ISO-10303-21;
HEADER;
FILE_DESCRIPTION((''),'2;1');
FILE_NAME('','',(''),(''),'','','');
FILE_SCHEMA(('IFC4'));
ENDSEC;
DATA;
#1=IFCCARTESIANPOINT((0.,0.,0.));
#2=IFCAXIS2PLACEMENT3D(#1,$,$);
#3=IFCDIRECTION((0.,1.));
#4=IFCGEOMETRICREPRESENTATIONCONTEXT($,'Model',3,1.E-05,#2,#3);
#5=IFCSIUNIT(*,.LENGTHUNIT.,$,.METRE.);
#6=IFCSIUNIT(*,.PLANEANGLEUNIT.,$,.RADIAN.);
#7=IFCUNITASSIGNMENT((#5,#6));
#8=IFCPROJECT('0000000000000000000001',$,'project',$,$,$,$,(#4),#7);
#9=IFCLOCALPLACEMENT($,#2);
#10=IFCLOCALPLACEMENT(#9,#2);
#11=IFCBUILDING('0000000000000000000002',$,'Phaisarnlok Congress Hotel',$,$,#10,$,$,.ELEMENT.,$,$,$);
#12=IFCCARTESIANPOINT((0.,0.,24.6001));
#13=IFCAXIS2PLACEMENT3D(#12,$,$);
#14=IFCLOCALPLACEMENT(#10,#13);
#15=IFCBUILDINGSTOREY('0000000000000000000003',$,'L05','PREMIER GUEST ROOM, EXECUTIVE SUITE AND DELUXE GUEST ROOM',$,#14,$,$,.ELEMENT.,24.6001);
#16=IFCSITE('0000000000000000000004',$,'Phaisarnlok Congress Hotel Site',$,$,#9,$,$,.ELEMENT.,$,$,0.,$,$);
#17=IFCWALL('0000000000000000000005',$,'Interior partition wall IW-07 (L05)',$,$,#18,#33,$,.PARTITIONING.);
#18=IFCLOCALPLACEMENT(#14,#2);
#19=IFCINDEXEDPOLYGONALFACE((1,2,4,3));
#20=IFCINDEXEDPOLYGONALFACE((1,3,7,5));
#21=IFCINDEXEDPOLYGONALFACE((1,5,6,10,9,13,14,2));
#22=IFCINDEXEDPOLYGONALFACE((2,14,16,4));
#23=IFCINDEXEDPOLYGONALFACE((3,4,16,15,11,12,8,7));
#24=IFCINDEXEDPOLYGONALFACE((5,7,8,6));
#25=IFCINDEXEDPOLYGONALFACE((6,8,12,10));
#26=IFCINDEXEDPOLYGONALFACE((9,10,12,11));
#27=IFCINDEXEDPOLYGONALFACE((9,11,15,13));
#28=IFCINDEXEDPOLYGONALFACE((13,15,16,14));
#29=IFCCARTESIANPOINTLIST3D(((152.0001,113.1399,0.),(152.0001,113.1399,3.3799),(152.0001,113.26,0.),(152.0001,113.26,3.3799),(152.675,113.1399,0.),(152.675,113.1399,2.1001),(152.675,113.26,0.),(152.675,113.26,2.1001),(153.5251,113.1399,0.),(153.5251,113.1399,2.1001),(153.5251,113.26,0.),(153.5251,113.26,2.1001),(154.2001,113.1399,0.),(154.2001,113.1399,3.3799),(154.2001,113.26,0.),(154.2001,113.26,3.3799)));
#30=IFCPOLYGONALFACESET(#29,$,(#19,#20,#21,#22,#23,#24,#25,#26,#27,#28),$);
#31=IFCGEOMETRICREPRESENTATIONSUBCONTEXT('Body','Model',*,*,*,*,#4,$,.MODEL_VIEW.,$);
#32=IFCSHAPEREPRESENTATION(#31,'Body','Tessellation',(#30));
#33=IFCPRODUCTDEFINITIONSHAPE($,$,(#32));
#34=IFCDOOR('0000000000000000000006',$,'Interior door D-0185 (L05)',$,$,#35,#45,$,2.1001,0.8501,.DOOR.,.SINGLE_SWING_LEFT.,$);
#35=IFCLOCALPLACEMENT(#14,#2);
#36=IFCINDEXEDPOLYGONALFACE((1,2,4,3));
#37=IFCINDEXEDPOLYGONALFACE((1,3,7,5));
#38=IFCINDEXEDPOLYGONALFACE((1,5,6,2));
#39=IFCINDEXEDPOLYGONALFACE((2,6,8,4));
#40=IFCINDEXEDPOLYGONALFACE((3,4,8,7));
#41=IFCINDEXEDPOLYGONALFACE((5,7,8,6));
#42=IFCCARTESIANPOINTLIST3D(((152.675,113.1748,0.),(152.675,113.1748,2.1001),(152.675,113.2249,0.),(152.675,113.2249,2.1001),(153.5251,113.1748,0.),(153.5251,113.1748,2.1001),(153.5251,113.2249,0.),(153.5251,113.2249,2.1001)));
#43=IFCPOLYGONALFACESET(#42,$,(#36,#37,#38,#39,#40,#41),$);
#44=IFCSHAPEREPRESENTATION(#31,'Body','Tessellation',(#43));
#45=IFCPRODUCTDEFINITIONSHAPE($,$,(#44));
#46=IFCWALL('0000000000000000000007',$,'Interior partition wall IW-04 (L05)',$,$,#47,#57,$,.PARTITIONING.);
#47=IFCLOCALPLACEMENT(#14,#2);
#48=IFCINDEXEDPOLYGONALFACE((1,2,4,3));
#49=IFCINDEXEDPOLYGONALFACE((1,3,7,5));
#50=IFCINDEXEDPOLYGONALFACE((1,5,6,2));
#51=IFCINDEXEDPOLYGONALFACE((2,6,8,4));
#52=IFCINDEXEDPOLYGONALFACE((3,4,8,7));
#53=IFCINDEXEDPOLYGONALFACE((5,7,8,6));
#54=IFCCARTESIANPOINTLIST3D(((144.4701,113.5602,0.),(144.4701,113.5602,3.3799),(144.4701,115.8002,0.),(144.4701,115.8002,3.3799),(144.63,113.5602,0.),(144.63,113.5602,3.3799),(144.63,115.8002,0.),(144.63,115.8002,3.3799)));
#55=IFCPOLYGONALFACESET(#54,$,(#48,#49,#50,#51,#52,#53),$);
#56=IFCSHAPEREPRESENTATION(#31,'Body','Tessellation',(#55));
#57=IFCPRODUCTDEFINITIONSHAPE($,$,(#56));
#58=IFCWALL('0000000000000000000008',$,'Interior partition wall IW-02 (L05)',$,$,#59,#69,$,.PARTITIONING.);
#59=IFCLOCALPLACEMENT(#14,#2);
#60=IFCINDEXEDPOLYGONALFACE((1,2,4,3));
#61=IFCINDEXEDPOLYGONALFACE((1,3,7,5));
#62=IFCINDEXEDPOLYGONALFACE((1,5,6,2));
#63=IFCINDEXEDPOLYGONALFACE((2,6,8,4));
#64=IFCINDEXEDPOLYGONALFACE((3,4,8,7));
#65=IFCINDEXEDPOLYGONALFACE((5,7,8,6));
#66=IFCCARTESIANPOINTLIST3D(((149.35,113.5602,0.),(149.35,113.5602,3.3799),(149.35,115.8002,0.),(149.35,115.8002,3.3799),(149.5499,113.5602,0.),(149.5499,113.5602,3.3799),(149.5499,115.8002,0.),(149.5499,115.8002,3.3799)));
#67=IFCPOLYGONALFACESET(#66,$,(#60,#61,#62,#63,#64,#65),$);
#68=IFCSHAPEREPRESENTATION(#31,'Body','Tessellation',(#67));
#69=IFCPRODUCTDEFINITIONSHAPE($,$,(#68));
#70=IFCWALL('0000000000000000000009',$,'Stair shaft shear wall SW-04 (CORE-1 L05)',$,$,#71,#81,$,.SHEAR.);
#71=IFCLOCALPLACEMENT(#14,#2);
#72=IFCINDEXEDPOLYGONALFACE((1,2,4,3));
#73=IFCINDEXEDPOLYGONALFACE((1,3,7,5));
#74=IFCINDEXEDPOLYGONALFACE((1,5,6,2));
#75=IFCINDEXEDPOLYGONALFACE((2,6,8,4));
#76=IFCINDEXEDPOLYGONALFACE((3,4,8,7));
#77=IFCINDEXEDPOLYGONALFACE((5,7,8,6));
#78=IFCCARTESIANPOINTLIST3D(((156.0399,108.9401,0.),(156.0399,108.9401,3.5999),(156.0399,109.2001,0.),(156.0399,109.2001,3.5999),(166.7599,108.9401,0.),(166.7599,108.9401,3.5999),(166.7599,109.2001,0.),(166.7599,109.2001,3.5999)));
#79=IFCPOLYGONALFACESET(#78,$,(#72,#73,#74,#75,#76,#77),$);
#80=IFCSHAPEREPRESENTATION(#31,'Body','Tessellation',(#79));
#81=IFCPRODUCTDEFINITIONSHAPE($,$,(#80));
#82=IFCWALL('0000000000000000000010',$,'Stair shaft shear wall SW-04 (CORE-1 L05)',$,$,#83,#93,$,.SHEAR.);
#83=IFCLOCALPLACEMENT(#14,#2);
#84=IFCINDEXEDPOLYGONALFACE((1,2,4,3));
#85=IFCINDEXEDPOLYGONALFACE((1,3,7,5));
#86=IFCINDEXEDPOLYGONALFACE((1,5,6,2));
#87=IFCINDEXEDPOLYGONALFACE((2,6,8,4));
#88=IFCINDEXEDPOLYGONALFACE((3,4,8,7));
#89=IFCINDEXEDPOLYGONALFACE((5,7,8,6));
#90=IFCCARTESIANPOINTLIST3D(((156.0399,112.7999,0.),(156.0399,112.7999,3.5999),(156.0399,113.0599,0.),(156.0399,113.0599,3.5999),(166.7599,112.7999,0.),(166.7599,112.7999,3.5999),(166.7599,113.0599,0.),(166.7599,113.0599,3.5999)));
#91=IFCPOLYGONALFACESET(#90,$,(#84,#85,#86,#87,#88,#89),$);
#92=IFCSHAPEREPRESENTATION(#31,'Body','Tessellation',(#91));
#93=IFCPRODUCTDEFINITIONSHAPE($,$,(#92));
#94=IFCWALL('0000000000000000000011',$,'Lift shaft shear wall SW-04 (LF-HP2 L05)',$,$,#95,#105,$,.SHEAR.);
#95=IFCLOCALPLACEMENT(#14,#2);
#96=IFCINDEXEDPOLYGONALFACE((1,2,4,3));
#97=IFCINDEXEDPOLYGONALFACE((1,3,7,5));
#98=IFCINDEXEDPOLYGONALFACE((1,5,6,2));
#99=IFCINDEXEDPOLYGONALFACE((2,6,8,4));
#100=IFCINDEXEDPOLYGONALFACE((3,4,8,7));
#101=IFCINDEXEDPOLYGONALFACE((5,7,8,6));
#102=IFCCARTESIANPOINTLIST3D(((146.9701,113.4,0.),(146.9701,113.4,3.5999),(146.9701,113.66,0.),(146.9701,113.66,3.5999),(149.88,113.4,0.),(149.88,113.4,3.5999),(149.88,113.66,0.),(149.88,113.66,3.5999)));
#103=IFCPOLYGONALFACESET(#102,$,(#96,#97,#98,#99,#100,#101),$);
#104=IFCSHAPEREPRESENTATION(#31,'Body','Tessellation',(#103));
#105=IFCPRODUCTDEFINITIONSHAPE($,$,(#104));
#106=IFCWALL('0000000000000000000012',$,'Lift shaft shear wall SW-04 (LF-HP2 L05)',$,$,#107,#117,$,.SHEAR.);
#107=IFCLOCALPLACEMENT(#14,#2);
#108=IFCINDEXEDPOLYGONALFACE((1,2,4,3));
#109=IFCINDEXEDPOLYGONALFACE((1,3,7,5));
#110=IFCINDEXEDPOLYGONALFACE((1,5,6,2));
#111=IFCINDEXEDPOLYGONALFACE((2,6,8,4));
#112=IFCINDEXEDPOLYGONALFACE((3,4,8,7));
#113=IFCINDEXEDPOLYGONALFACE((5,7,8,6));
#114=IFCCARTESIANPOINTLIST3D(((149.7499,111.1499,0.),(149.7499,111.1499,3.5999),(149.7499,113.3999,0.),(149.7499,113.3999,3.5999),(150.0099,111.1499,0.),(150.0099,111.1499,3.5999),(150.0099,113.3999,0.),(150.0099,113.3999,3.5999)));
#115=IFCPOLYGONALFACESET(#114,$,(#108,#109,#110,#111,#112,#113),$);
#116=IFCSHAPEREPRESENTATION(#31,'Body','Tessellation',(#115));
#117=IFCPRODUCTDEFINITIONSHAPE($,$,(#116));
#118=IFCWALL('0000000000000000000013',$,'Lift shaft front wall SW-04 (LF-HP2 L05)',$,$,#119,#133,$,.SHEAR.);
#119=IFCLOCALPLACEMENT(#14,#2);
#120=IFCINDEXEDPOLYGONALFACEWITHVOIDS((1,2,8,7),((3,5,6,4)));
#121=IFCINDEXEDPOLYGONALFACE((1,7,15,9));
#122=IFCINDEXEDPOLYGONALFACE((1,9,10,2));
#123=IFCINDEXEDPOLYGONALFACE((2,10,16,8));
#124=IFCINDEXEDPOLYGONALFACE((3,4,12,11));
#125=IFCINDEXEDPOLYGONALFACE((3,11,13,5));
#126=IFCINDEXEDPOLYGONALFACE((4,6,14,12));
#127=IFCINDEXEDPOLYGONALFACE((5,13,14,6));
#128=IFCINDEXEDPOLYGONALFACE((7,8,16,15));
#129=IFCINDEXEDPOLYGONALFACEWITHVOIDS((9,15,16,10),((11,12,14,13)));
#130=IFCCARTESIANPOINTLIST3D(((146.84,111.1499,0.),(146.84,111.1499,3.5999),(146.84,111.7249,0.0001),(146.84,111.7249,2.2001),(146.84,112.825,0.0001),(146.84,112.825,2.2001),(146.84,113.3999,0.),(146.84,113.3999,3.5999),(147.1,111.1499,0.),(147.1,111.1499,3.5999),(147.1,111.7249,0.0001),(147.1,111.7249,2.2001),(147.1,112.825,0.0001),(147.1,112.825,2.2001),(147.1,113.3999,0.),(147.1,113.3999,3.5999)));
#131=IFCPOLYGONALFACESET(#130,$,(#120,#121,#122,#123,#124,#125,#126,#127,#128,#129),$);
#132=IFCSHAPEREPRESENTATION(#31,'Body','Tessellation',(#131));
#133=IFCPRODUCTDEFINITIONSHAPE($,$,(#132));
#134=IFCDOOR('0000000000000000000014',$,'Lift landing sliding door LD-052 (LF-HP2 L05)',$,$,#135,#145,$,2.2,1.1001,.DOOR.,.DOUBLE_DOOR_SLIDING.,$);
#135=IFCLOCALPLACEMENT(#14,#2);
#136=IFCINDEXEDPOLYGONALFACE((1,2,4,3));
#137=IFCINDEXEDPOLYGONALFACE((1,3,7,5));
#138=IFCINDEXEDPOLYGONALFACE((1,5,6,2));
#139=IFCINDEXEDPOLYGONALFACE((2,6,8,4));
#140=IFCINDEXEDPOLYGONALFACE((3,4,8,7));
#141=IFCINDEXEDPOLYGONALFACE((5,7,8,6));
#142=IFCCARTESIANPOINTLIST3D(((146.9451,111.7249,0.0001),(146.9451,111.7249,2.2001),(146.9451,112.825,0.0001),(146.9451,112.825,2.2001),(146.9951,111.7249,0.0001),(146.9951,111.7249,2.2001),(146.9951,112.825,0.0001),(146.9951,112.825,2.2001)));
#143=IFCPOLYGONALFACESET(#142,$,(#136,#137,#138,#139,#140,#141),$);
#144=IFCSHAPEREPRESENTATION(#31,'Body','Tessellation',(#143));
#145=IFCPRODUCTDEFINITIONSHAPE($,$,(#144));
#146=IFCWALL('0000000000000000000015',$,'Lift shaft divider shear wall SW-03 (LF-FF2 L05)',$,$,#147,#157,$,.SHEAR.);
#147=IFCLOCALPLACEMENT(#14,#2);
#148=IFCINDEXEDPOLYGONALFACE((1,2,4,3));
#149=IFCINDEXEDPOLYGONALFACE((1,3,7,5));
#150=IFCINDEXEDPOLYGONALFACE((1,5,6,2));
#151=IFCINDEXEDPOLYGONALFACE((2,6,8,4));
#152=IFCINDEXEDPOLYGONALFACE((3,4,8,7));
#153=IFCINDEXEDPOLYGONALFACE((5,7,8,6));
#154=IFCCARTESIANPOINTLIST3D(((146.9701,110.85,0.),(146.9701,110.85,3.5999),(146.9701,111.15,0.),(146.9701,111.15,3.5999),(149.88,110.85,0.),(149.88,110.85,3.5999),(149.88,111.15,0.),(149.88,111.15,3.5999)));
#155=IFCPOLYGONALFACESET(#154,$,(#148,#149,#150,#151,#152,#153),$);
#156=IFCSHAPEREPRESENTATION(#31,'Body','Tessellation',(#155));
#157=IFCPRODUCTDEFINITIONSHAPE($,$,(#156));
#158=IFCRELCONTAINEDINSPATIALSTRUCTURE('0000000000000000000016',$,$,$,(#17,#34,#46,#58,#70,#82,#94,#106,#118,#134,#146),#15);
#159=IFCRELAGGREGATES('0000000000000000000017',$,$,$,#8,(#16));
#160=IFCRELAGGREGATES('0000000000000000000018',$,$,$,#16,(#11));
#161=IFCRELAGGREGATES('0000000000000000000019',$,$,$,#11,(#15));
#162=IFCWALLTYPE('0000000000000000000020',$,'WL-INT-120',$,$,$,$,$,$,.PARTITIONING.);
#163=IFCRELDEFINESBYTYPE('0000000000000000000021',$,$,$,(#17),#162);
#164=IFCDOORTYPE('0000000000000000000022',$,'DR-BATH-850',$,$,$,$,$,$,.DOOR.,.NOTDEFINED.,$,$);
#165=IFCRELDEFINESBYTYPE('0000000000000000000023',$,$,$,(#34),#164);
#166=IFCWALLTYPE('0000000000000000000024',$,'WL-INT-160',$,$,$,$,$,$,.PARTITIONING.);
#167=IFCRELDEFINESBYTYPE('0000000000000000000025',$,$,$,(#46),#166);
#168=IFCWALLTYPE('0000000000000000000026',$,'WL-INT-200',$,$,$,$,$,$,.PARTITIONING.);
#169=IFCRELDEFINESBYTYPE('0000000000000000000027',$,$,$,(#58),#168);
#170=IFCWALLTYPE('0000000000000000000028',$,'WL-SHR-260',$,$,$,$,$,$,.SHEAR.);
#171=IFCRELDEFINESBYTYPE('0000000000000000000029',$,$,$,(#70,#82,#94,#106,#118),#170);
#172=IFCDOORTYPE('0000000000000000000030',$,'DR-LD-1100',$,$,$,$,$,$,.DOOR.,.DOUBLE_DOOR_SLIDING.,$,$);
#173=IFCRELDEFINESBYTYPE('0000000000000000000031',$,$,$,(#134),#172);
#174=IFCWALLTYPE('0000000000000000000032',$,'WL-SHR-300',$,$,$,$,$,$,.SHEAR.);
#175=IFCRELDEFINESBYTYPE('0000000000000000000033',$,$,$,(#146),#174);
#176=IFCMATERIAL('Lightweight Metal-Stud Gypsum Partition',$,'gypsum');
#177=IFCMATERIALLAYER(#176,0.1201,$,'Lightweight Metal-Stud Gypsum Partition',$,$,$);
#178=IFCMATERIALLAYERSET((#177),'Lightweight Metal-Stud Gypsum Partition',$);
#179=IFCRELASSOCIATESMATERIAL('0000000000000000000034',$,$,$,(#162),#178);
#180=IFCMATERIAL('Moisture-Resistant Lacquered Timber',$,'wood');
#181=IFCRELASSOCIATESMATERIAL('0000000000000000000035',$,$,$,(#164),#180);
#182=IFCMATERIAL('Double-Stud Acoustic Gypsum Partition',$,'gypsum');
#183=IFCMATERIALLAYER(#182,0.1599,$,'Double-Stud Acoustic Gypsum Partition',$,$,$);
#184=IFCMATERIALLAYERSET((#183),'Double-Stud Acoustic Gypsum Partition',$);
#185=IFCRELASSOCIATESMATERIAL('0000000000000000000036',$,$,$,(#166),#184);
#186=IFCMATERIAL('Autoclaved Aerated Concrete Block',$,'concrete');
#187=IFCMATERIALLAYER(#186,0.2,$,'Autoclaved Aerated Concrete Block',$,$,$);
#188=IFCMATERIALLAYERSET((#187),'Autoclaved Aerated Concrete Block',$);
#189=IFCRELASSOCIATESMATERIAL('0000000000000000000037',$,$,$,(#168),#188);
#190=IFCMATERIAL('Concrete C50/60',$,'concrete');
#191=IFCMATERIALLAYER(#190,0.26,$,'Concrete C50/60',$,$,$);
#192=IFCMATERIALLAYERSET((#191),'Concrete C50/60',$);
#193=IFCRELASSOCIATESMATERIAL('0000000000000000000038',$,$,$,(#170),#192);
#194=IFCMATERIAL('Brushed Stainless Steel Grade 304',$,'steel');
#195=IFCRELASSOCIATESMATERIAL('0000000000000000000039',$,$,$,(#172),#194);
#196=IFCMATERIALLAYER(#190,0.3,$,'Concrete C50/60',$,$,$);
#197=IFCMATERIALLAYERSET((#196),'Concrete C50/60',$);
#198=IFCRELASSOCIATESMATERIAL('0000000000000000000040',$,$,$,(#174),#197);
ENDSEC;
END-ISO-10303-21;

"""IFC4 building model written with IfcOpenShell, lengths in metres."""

from ifc_helpers import new_model, si_unit, direction, frame, frame_2d, origin, place, context, subcontext, project, spatial, rectangle, extrude, material, layer, layer_set, type_object, element, fill, save


model = new_model("IFC4")

# Units and contexts
model_context = context("Model", 3, precision=1e-05, world=origin(), true_north=direction((0.0, 1.0)))
body_context = subcontext(model_context, "Body", "Model", "MODEL_VIEW")
ifc_project = project(units=[si_unit("LENGTHUNIT", "METRE"), si_unit("PLANEANGLEUNIT", "RADIAN")], contexts=[model_context])

# Site, building, storey
site_placement = place(None, origin())
site = spatial("IfcSite", under=ifc_project, at=site_placement, Name="Phaisarnlok Congress Hotel Site", CompositionType="ELEMENT", RefElevation=0.0)
building_placement = place(site_placement, origin())
building = spatial("IfcBuilding", under=site, at=building_placement, Name="Phaisarnlok Congress Hotel", CompositionType="ELEMENT")
storey_placement = place(building_placement, frame((0.0, 0.0, 24.6001)))
storey = spatial("IfcBuildingStorey", under=building, at=storey_placement, Name="L05", Description="PREMIER GUEST ROOM, EXECUTIVE SUITE AND DELUXE GUEST ROOM", CompositionType="ELEMENT", Elevation=24.6001)

# Shared definitions
ifc_material_1 = material(Name="Concrete C50/60", Category="concrete")

# Shared definitions
ifc_material_2 = material(Name="Lightweight Metal-Stud Gypsum Partition", Category="gypsum")
ifc_layer_1 = layer(ifc_material_2, 0.1201, Name="Lightweight Metal-Stud Gypsum Partition")
ifc_layer_set_1 = layer_set([ifc_layer_1], Name="Lightweight Metal-Stud Gypsum Partition")
wall_type_1 = type_object("IfcWallType", Name="WL-INT-120", PredefinedType="PARTITIONING", material=ifc_layer_set_1)

# Wall, opening, door
wall_1_placement = place(storey_placement, frame((152.0, 113.2, 0.0), z_axis=(0.0, 0.0, 1.0), x_axis=(1.0, 0.0, 0.0)))
wall_1 = element("IfcWall", 1, at=wall_1_placement, inside=storey, type_object=wall_type_1, Name="Interior partition wall IW-07 (L05)", PredefinedType="PARTITIONING", context=body_context, shape_type="SweptSolid", body=[
    extrude(rectangle(XDim=2.2, YDim=0.1201, at=frame_2d((1.1001, 0.0))), origin(), (0.0, 0.0, 1.0), 3.3799),
])
opening_1_placement = place(wall_1_placement, frame((0.675, 0.0, 0.0)))
opening_1 = element("IfcOpeningElement", 2, at=opening_1_placement, cuts=wall_1, PredefinedType="OPENING", context=body_context, shape_type="SweptSolid", body=[
    extrude(rectangle(XDim=0.8501, YDim=2.1001, at=frame_2d((0.425, 1.05))), frame((0.0, 0.0701, 0.0), z_axis=(0.0, -1.0, 0.0), x_axis=(1.0, 0.0, 0.0)), (0.0, 0.0, 1.0), 0.1401),
])
ifc_material_3 = material(Name="Moisture-Resistant Lacquered Timber", Category="wood")
door_type_1 = type_object("IfcDoorType", Name="DR-BATH-850", OperationType="NOTDEFINED", PredefinedType="DOOR", material=ifc_material_3)
door_1_placement = place(opening_1_placement, origin())
door_1 = element("IfcDoor", 3, at=door_1_placement, inside=storey, type_object=door_type_1, Name="Interior door D-0185 (L05)", OperationType="SINGLE_SWING_LEFT", OverallHeight=2.1001, OverallWidth=0.8501, PredefinedType="DOOR", context=body_context, shape_type="SweptSolid", body=[
    extrude(rectangle(XDim=0.8501, YDim=2.1001, at=frame_2d((0.425, 1.05))), frame((0.0, 0.0249, 0.0), z_axis=(0.0, -1.0, 0.0), x_axis=(1.0, 0.0, 0.0)), (0.0, 0.0, 1.0), 0.05),
])
fill(opening_1, door_1)

# Walls
ifc_material_4 = material(Name="Double-Stud Acoustic Gypsum Partition", Category="gypsum")
ifc_layer_2 = layer(ifc_material_4, 0.1599, Name="Double-Stud Acoustic Gypsum Partition")
ifc_layer_set_2 = layer_set([ifc_layer_2], Name="Double-Stud Acoustic Gypsum Partition")
wall_type_2 = type_object("IfcWallType", Name="WL-INT-160", PredefinedType="PARTITIONING", material=ifc_layer_set_2)
wall_2_placement = place(storey_placement, frame((144.55, 113.5601, 0.0), z_axis=(0.0, 0.0, 1.0), x_axis=(0.0, 1.0, 0.0)))
element("IfcWall", 4, at=wall_2_placement, inside=storey, type_object=wall_type_2, Name="Interior partition wall IW-04 (L05)", PredefinedType="PARTITIONING", context=body_context, shape_type="SweptSolid", body=[
    extrude(rectangle(XDim=2.24, YDim=0.1599, at=frame_2d((1.1201, 0.0))), origin(), (0.0, 0.0, 1.0), 3.3799),
])
ifc_material_5 = material(Name="Autoclaved Aerated Concrete Block", Category="concrete")
ifc_layer_3 = layer(ifc_material_5, 0.2, Name="Autoclaved Aerated Concrete Block")
ifc_layer_set_3 = layer_set([ifc_layer_3], Name="Autoclaved Aerated Concrete Block")
wall_type_3 = type_object("IfcWallType", Name="WL-INT-200", PredefinedType="PARTITIONING", material=ifc_layer_set_3)
wall_3_placement = place(storey_placement, frame((149.45, 113.5601, 0.0), z_axis=(0.0, 0.0, 1.0), x_axis=(0.0, 1.0, 0.0)))
element("IfcWall", 5, at=wall_3_placement, inside=storey, type_object=wall_type_3, Name="Interior partition wall IW-02 (L05)", PredefinedType="PARTITIONING", context=body_context, shape_type="SweptSolid", body=[
    extrude(rectangle(XDim=2.24, YDim=0.2, at=frame_2d((1.1201, 0.0))), origin(), (0.0, 0.0, 1.0), 3.3799),
])
ifc_layer_4 = layer(ifc_material_1, 0.26, Name="Concrete C50/60")
ifc_layer_set_4 = layer_set([ifc_layer_4], Name="Concrete C50/60")
wall_type_4 = type_object("IfcWallType", Name="WL-SHR-260", PredefinedType="SHEAR", material=ifc_layer_set_4)
for number, where, z_axis, x_axis, name in (
    (6, (156.04, 109.0701, 0.0), (0.0, 0.0, 1.0), (1.0, 0.0, 0.0), "Stair shaft shear wall SW-04 (CORE-1 L05)"),
    (7, (156.04, 112.9299, 0.0), (0.0, 0.0, 1.0), (1.0, 0.0, 0.0), "Stair shaft shear wall SW-04 (CORE-1 L05)"),
):
    element("IfcWall", number, at=place(storey_placement, frame(where, z_axis=z_axis, x_axis=x_axis)), inside=storey, type_object=wall_type_4, Name=name, PredefinedType="SHEAR", context=body_context, shape_type="SweptSolid", body=[
        extrude(rectangle(XDim=10.72, YDim=0.26, at=frame_2d((5.3599, 0.0))), origin(), (0.0, 0.0, 1.0), 3.5999),
    ])

# Walls
wall_4_placement = place(storey_placement, frame((146.97, 113.53, 0.0), z_axis=(0.0, 0.0, 1.0), x_axis=(1.0, 0.0, 0.0)))
element("IfcWall", 8, at=wall_4_placement, inside=storey, type_object=wall_type_4, Name="Lift shaft shear wall SW-04 (LF-HP2 L05)", PredefinedType="SHEAR", context=body_context, shape_type="SweptSolid", body=[
    extrude(rectangle(XDim=2.9099, YDim=0.26, at=frame_2d((1.4551, 0.0))), origin(), (0.0, 0.0, 1.0), 3.5999),
])
wall_5_placement = place(storey_placement, frame((149.8799, 111.1499, 0.0), z_axis=(0.0, 0.0, 1.0), x_axis=(0.0, 1.0, 0.0)))
element("IfcWall", 9, at=wall_5_placement, inside=storey, type_object=wall_type_4, Name="Lift shaft shear wall SW-04 (LF-HP2 L05)", PredefinedType="SHEAR", context=body_context, shape_type="SweptSolid", body=[
    extrude(rectangle(XDim=2.25, YDim=0.26, at=frame_2d((1.125, 0.0))), origin(), (0.0, 0.0, 1.0), 3.5999),
])

# Wall, opening, door
wall_6_placement = place(storey_placement, frame((146.97, 111.1499, 0.0), z_axis=(0.0, 0.0, 1.0), x_axis=(0.0, 1.0, 0.0)))
wall_6 = element("IfcWall", 10, at=wall_6_placement, inside=storey, type_object=wall_type_4, Name="Lift shaft front wall SW-04 (LF-HP2 L05)", PredefinedType="SHEAR", context=body_context, shape_type="SweptSolid", body=[
    extrude(rectangle(XDim=2.25, YDim=0.26, at=frame_2d((1.125, 0.0))), origin(), (0.0, 0.0, 1.0), 3.5999),
])
opening_2_placement = place(wall_6_placement, frame((0.575, 0.0, 0.0)))
opening_2 = element("IfcOpeningElement", 11, at=opening_2_placement, cuts=wall_6, PredefinedType="OPENING", context=body_context, shape_type="SweptSolid", body=[
    extrude(rectangle(XDim=1.1001, YDim=2.2, at=frame_2d((0.55, 1.1001))), frame((0.0, 0.1401, 0.0), z_axis=(0.0, -1.0, 0.0), x_axis=(1.0, 0.0, 0.0)), (0.0, 0.0, 1.0), 0.28),
])
ifc_material_6 = material(Name="Brushed Stainless Steel Grade 304", Category="steel")
door_type_2 = type_object("IfcDoorType", Name="DR-LD-1100", OperationType="DOUBLE_DOOR_SLIDING", PredefinedType="DOOR", material=ifc_material_6)
door_2_placement = place(opening_2_placement, origin())
door_2 = element("IfcDoor", 12, at=door_2_placement, inside=storey, type_object=door_type_2, Name="Lift landing sliding door LD-052 (LF-HP2 L05)", OperationType="DOUBLE_DOOR_SLIDING", OverallHeight=2.2, OverallWidth=1.1001, PredefinedType="DOOR", context=body_context, shape_type="SweptSolid", body=[
    extrude(rectangle(XDim=1.1001, YDim=2.2, at=frame_2d((0.55, 1.1001))), frame((0.0, 0.0249, 0.0), z_axis=(0.0, -1.0, 0.0), x_axis=(1.0, 0.0, 0.0)), (0.0, 0.0, 1.0), 0.05),
])
fill(opening_2, door_2)

# Wall
ifc_layer_5 = layer(ifc_material_1, 0.3, Name="Concrete C50/60")
ifc_layer_set_5 = layer_set([ifc_layer_5], Name="Concrete C50/60")
wall_type_5 = type_object("IfcWallType", Name="WL-SHR-300", PredefinedType="SHEAR", material=ifc_layer_set_5)
wall_7_placement = place(storey_placement, frame((146.97, 111.0, 0.0), z_axis=(0.0, 0.0, 1.0), x_axis=(1.0, 0.0, 0.0)))
element("IfcWall", 13, at=wall_7_placement, inside=storey, type_object=wall_type_5, Name="Lift shaft divider shear wall SW-03 (LF-FF2 L05)", PredefinedType="SHEAR", context=body_context, shape_type="SweptSolid", body=[
    extrude(rectangle(XDim=2.9099, YDim=0.3, at=frame_2d((1.4551, 0.0))), origin(), (0.0, 0.0, 1.0), 3.5999),
])

save(model, "model.ifc")
